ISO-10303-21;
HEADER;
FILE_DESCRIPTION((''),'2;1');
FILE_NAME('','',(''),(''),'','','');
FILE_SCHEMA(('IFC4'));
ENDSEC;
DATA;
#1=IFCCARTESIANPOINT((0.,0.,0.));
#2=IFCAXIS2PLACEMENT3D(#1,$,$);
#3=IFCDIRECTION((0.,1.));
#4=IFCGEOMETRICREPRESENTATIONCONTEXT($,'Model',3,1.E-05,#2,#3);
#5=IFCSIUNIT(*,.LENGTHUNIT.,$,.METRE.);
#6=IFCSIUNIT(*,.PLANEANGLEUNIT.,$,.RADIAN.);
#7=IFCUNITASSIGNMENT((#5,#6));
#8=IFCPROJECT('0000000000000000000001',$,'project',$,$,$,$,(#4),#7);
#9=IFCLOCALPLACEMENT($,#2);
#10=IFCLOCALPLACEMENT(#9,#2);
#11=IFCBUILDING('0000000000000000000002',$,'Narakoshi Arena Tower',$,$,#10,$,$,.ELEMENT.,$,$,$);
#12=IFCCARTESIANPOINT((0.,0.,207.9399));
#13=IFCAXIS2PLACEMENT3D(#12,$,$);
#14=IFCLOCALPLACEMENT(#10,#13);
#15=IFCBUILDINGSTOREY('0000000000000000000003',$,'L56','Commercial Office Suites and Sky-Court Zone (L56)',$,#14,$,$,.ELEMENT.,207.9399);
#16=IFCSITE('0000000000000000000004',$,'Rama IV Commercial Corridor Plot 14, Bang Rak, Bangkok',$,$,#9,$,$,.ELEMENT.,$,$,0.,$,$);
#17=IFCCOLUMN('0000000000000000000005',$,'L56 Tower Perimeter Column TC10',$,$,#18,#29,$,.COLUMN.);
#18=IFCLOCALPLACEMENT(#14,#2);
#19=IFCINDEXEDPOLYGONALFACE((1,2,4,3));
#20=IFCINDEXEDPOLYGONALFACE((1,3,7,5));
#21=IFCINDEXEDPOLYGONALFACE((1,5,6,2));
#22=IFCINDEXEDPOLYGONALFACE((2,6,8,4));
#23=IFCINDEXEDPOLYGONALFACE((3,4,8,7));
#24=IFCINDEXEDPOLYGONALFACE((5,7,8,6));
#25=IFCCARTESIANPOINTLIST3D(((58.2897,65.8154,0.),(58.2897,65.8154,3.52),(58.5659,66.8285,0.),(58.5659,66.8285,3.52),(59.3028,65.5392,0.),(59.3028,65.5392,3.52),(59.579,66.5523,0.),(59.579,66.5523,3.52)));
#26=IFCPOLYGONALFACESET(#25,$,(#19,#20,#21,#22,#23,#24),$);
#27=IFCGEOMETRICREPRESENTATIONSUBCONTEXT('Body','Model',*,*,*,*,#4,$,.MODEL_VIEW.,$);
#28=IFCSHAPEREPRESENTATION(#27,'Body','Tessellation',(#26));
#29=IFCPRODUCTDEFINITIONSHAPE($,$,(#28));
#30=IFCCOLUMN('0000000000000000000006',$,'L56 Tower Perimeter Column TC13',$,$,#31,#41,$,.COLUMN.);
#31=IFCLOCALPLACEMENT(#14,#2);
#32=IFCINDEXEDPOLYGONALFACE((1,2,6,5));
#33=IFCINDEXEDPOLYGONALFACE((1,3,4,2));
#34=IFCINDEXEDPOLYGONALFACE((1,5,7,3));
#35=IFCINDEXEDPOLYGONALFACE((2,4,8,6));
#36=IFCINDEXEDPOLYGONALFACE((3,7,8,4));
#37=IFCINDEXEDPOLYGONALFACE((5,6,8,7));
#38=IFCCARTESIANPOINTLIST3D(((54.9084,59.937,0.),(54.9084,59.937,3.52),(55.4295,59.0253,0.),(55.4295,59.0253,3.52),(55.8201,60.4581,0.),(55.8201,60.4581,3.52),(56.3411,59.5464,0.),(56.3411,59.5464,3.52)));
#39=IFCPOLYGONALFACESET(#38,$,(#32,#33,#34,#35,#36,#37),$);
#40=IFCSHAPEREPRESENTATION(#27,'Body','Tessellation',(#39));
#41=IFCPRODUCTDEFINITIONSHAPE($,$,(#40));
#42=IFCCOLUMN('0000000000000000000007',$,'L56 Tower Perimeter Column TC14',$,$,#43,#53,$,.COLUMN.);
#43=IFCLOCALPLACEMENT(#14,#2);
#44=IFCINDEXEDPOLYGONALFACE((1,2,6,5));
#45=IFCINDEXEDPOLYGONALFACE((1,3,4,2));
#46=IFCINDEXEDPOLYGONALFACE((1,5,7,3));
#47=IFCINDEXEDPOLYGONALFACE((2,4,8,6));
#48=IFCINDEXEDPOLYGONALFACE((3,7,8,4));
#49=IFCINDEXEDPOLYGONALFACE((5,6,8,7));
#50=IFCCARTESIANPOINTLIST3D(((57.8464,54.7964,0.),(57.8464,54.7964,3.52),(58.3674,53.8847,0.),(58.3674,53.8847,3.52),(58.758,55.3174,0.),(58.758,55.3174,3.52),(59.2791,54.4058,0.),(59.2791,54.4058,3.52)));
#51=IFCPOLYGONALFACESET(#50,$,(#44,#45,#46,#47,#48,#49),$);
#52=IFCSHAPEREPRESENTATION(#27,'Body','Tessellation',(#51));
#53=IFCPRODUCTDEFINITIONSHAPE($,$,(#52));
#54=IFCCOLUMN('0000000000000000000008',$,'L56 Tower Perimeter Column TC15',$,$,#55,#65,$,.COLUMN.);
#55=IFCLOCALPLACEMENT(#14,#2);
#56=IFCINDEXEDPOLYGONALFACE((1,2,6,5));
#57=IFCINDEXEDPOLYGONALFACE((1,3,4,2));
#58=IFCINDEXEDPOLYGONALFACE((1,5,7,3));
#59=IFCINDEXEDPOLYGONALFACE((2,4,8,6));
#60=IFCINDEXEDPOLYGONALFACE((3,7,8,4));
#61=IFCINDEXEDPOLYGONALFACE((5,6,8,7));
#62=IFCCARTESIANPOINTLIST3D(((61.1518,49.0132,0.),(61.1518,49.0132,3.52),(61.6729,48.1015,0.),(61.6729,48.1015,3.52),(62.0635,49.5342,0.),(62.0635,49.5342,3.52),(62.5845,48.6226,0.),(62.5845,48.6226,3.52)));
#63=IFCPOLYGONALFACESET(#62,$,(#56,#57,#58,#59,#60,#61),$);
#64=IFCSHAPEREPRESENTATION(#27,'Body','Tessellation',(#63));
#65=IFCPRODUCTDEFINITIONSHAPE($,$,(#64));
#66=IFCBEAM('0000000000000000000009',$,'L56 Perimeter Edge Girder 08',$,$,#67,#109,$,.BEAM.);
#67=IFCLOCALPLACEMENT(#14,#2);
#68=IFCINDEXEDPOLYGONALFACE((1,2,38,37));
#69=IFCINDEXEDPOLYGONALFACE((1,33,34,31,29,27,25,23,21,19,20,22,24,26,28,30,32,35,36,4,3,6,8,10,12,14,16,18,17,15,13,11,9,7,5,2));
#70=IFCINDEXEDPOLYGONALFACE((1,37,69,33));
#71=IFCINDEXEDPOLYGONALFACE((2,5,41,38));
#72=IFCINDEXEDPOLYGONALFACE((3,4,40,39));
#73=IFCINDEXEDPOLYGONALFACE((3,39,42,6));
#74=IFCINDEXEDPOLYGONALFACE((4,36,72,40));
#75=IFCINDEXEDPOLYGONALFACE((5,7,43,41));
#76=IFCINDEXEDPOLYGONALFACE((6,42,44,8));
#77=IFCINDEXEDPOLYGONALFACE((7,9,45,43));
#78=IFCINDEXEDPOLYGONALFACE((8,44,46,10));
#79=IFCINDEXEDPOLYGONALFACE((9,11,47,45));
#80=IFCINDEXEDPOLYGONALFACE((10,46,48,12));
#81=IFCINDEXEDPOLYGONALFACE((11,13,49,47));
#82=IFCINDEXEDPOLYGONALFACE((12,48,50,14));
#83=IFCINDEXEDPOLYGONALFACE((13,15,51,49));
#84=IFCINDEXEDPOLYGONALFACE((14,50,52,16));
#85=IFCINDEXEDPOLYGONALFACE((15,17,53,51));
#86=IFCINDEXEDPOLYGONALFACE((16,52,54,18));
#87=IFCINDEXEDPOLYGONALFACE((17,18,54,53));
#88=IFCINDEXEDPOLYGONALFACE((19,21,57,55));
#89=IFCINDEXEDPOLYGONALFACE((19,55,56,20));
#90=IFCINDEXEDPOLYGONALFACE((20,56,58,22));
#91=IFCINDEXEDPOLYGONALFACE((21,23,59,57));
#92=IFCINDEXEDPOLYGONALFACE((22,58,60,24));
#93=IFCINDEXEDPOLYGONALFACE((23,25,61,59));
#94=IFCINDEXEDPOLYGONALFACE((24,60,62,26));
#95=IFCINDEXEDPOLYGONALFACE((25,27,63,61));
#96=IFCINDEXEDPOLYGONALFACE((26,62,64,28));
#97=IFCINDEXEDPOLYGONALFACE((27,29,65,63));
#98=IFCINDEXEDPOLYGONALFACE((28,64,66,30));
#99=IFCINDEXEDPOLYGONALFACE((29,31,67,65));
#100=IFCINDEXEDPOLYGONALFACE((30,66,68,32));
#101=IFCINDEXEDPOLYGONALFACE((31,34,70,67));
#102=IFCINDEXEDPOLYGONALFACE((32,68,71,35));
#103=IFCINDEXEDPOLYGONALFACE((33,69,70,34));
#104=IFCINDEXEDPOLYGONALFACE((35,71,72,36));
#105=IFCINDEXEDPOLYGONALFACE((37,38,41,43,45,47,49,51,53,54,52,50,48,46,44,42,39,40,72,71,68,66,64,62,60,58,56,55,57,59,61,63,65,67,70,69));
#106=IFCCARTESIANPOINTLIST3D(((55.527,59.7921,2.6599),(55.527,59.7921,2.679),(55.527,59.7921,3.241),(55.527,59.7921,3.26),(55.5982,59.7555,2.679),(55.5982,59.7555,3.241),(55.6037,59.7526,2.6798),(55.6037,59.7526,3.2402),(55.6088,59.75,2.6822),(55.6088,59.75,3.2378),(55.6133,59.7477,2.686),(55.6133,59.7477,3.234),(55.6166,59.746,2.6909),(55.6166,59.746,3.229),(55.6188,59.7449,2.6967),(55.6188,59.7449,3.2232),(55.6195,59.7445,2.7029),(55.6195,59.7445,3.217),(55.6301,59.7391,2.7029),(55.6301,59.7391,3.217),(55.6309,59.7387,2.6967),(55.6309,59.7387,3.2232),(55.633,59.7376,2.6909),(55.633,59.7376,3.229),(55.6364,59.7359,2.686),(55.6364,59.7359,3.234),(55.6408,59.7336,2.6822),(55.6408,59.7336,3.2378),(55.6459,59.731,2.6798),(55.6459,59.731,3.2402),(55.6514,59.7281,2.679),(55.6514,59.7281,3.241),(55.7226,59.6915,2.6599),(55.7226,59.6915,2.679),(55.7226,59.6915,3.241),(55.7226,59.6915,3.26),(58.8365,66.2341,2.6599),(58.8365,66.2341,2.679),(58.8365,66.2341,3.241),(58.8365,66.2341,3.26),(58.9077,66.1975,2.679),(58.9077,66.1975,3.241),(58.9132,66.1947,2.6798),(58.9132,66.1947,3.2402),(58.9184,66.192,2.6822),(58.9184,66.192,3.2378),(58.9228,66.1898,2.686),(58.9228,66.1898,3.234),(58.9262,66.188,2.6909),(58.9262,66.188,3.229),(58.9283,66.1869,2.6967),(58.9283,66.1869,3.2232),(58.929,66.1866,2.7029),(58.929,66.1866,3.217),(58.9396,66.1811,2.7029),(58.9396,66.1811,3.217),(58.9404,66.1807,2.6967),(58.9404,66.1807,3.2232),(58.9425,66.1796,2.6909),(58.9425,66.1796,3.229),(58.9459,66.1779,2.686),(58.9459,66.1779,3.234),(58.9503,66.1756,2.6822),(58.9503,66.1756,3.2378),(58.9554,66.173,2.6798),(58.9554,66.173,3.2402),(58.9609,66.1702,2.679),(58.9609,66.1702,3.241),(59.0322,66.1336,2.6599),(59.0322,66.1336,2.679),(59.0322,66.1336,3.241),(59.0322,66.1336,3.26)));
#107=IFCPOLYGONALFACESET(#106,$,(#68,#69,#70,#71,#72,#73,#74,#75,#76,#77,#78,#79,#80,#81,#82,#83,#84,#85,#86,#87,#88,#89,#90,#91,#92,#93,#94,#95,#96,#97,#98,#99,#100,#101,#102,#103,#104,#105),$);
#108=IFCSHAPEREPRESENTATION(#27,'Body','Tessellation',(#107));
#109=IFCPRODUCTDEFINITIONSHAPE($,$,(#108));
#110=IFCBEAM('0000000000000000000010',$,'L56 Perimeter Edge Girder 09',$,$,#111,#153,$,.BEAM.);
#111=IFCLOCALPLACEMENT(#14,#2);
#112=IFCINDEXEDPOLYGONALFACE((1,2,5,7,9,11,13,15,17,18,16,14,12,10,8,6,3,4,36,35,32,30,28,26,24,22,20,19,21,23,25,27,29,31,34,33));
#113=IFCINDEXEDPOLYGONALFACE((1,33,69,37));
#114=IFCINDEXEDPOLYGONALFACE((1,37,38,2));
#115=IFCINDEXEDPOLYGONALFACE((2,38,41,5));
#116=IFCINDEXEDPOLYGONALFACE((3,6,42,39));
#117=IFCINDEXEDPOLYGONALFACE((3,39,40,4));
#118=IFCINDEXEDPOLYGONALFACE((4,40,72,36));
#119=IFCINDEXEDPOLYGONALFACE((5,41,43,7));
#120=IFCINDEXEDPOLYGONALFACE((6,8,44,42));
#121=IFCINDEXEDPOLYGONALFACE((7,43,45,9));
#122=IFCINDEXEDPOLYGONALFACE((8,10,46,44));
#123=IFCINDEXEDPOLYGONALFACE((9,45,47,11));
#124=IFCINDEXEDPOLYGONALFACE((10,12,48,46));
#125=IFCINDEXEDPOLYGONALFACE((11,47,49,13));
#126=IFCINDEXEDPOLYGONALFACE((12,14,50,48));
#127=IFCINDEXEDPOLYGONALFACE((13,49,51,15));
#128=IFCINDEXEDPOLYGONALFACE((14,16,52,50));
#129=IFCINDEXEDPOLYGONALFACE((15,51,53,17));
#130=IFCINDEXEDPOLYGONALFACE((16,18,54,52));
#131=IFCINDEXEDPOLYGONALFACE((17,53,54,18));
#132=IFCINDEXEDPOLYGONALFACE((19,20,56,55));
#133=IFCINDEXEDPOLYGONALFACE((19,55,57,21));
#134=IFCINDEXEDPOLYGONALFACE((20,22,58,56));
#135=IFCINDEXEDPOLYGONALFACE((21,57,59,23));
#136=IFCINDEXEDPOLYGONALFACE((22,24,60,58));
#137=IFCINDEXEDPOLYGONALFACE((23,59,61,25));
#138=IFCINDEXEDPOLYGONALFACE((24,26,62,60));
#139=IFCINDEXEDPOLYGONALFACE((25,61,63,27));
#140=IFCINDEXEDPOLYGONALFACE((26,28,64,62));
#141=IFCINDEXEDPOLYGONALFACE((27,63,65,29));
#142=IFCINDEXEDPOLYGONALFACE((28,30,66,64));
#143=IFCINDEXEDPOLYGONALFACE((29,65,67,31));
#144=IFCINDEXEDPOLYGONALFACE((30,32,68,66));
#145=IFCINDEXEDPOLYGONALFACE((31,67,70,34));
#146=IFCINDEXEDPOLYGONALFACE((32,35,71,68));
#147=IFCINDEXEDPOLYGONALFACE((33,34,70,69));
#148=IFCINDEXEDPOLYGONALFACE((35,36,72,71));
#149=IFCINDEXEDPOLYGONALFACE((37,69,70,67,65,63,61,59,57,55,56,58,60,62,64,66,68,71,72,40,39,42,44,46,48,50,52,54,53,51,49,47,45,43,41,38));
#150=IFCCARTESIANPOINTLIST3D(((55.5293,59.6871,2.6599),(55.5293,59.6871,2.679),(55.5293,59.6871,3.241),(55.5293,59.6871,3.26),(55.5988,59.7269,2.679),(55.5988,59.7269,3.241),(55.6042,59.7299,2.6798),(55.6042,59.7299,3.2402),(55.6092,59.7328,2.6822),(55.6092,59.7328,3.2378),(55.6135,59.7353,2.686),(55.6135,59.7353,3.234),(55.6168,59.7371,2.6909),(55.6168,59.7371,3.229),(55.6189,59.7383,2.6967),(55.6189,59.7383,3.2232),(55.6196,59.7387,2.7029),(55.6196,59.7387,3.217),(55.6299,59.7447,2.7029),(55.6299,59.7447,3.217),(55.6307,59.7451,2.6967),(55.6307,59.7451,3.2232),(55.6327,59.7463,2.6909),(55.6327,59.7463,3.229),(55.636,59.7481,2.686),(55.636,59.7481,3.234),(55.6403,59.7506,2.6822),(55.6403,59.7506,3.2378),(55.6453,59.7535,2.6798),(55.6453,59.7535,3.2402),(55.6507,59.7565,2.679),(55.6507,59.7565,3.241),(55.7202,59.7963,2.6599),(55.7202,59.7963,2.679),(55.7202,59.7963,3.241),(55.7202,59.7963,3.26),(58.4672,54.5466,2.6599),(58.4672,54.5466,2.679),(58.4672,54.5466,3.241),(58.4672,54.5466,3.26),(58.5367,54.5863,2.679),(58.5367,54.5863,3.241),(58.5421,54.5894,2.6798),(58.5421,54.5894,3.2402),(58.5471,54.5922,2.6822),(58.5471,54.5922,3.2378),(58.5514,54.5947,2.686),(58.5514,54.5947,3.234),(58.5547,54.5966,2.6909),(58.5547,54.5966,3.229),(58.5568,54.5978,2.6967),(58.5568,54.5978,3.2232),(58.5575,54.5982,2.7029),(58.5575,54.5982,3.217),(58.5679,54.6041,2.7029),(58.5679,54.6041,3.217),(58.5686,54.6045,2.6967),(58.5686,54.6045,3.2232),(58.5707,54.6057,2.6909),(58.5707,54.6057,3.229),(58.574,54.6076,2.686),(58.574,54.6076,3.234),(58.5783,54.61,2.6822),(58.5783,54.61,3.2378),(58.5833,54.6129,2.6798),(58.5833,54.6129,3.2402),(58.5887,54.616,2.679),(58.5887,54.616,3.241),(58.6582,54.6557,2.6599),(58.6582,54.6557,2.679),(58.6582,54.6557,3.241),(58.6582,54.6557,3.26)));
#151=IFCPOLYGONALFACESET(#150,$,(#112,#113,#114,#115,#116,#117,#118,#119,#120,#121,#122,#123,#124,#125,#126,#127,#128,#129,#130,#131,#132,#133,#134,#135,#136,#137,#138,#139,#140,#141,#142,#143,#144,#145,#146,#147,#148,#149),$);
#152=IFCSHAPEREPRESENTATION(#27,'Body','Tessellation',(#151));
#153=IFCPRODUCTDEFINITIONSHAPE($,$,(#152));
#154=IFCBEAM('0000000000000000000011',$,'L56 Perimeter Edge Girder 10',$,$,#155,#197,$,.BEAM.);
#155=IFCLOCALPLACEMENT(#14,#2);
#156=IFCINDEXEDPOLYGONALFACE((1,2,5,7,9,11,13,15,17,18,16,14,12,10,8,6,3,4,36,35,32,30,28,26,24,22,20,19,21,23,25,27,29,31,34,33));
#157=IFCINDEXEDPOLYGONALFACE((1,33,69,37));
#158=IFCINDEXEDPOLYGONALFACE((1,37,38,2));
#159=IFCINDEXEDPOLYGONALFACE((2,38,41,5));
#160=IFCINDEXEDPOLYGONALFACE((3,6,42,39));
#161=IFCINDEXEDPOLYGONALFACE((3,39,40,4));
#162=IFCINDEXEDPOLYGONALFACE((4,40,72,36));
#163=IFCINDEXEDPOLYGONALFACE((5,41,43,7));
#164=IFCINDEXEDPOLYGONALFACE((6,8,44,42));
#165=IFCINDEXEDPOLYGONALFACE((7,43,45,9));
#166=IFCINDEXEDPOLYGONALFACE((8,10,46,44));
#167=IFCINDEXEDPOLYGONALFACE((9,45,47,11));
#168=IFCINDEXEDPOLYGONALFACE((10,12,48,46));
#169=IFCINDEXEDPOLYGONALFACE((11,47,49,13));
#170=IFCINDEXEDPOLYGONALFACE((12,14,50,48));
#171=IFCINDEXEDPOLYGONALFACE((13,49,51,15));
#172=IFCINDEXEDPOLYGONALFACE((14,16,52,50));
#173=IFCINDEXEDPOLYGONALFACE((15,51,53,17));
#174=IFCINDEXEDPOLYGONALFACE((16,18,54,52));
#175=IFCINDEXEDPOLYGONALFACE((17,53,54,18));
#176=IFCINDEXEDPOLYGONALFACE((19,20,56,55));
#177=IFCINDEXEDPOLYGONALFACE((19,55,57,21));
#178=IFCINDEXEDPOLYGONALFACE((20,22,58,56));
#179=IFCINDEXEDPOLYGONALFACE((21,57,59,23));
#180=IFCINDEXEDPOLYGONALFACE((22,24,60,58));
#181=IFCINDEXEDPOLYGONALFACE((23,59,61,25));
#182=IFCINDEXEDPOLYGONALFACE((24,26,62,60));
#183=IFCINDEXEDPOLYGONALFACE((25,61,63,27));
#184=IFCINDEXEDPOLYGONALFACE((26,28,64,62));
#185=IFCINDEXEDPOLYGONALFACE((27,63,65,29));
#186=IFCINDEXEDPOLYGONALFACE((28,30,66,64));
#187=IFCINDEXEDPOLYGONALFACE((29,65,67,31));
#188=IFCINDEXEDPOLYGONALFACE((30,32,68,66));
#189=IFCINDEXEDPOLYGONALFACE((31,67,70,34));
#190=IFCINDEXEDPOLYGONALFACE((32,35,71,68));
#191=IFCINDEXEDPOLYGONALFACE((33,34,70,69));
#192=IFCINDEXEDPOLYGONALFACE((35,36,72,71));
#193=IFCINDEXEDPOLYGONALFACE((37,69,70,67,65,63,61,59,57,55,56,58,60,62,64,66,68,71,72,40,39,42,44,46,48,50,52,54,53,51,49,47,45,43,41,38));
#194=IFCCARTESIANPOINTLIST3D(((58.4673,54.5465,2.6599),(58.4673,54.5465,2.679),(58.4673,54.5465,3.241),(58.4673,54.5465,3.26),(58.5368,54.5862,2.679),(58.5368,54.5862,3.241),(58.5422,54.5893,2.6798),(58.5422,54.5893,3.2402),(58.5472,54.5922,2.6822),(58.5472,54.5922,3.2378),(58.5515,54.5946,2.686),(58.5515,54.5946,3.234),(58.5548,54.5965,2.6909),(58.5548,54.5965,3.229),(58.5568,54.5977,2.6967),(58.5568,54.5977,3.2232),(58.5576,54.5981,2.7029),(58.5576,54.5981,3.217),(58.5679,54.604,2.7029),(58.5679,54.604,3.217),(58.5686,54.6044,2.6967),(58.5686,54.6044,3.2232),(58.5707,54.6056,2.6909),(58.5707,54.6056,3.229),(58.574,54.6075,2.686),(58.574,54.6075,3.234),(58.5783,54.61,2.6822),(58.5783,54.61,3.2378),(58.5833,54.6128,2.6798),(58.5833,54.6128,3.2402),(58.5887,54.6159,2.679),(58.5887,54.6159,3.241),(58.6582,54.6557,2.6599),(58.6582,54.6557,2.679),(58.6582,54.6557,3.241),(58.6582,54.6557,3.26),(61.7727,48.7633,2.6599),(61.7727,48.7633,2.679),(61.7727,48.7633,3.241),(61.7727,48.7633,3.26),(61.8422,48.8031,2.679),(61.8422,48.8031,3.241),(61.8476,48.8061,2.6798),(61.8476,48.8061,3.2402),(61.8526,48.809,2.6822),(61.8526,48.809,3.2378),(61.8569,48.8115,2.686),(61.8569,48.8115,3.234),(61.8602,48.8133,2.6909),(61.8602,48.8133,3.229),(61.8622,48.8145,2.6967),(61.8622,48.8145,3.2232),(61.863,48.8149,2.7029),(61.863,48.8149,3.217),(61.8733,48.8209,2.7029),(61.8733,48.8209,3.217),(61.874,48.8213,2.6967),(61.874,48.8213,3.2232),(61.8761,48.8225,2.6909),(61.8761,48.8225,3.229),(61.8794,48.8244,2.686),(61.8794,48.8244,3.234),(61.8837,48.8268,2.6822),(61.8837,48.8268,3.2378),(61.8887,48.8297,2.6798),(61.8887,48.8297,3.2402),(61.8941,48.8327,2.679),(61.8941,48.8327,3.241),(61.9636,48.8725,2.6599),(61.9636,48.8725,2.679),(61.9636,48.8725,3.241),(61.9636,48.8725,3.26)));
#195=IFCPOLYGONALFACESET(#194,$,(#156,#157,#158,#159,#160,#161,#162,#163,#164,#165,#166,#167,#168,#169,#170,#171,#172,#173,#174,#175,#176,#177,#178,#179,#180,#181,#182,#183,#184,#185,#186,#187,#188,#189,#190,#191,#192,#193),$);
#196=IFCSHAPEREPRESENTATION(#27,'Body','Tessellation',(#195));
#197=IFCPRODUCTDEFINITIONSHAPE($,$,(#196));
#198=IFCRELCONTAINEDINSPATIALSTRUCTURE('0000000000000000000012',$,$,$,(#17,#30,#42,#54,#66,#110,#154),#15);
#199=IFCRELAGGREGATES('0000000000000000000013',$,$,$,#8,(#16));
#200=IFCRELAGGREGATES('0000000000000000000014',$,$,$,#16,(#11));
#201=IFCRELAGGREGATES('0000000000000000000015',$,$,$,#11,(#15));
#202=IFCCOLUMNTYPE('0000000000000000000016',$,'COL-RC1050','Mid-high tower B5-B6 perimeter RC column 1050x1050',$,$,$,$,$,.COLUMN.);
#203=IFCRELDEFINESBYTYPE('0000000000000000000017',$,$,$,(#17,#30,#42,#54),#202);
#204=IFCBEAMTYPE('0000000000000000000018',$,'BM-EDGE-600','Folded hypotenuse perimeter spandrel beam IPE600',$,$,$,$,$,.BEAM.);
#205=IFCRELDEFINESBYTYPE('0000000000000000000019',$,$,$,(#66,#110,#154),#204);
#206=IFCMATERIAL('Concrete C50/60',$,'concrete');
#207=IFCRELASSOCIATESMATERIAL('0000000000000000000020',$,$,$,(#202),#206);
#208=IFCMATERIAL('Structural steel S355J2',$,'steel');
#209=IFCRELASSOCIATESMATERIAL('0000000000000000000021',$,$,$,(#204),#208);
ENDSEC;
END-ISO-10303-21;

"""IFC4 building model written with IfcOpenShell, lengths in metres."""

from ifc_helpers import new_model, si_unit, direction, frame, origin, origin_2d, place, context, subcontext, project, spatial, rectangle, i_section, extrude, material, material_profile, profile_set, type_object, element, save


model = new_model("IFC4")

# Units and contexts
model_context = context("Model", 3, precision=1e-05, world=origin(), true_north=direction((0.0, 1.0)))
body_context = subcontext(model_context, "Body", "Model", "MODEL_VIEW")
ifc_project = project(units=[si_unit("LENGTHUNIT", "METRE"), si_unit("PLANEANGLEUNIT", "RADIAN")], contexts=[model_context])

# Site, building, storey
site_placement = place(None, origin())
site = spatial("IfcSite", under=ifc_project, at=site_placement, Name="Rama IV Commercial Corridor Plot 14, Bang Rak, Bangkok", CompositionType="ELEMENT", RefElevation=0.0)
building_placement = place(site_placement, origin())
building = spatial("IfcBuilding", under=site, at=building_placement, Name="Narakoshi Arena Tower", CompositionType="ELEMENT")
storey_placement = place(building_placement, frame((0.0, 0.0, 207.9399)))
storey = spatial("IfcBuildingStorey", under=building, at=storey_placement, Name="L56", Description="Commercial Office Suites and Sky-Court Zone (L56)", CompositionType="ELEMENT", Elevation=207.9399)

# Columns
ifc_material_1 = material(Name="Concrete C50/60", Category="concrete")
ifc_material_profile_1 = material_profile(ifc_material_1, rectangle(XDim=1.05, YDim=1.05, at=origin_2d()), Name="RC1050x1050")
ifc_profile_set_1 = profile_set([ifc_material_profile_1], Name="Concrete C50/60")
column_type = type_object("IfcColumnType", Name="COL-RC1050", Description="Mid-high tower B5-B6 perimeter RC column 1050x1050", PredefinedType="COLUMN", material=ifc_profile_set_1)
for number, where, z_axis, x_axis, name in (
    (1, (58.9343, 66.1838, 0.0), (0.0, 0.0, 1.0), (0.263031, 0.964787, 0.0), "L56 Tower Perimeter Column TC10"),
    (2, (55.6248, 59.7417, 0.0), (0.0, 0.0, 1.0), (-0.496217, 0.868199, 0.0), "L56 Tower Perimeter Column TC13"),
    (3, (58.5627, 54.6011, 0.0), (0.0, 0.0, 1.0), (-0.496217, 0.868199, 0.0), "L56 Tower Perimeter Column TC14"),
    (4, (61.8682, 48.8179, 0.0), (0.0, 0.0, 1.0), (-0.496217, 0.868199, 0.0), "L56 Tower Perimeter Column TC15"),
):
    element("IfcColumn", number, at=place(storey_placement, frame(where, z_axis=z_axis, x_axis=x_axis)), inside=storey, type_object=column_type, Name=name, PredefinedType="COLUMN", context=body_context, shape_type="SweptSolid", body=[
        extrude(rectangle(XDim=1.05, YDim=1.05, at=origin_2d()), origin(), (0.0, 0.0, 1.0), 3.52),
    ])

# Beams
ifc_material_2 = material(Name="Structural steel S355J2", Category="steel")
ifc_material_profile_2 = material_profile(ifc_material_2, i_section(OverallWidth=0.22, OverallDepth=0.6001, WebThickness=0.012, FlangeThickness=0.019, FilletRadius=0.0239, at=origin_2d()), Name="IPE600")
ifc_profile_set_2 = profile_set([ifc_material_profile_2], Name="Structural steel S355J2")
beam_type_1 = type_object("IfcBeamType", Name="BM-EDGE-600", Description="Folded hypotenuse perimeter spandrel beam IPE600", PredefinedType="BEAM", material=ifc_profile_set_2)
beam_1_placement = place(storey_placement, frame((58.9343, 66.1838, 2.96), z_axis=(-0.456963, -0.889486, 0.0), x_axis=(0.889486, -0.456963, 0.0)))
element("IfcBeam", 5, at=beam_1_placement, inside=storey, type_object=beam_type_1, Name="L56 Perimeter Edge Girder 08", PredefinedType="BEAM", context=body_context, shape_type="SweptSolid", body=[
    extrude(i_section(OverallWidth=0.22, OverallDepth=0.6001, WebThickness=0.012, FlangeThickness=0.019, FilletRadius=0.0239, at=origin_2d()), origin(), (0.0, 0.0, 1.0), 7.2424),
])
beam_2_placement = place(storey_placement, frame((55.6248, 59.7417, 2.96), z_axis=(0.496201, -0.868208, 0.0), x_axis=(0.868208, 0.496201, 0.0)))
element("IfcBeam", 6, at=beam_2_placement, inside=storey, type_object=beam_type_1, Name="L56 Perimeter Edge Girder 09", PredefinedType="BEAM", context=body_context, shape_type="SweptSolid", body=[
    extrude(i_section(OverallWidth=0.22, OverallDepth=0.6001, WebThickness=0.012, FlangeThickness=0.019, FilletRadius=0.0239, at=origin_2d()), origin(), (0.0, 0.0, 1.0), 5.9209),
])
for number, where, z_axis, x_axis, name in (
    (7, (58.5627, 54.6011, 2.96), (0.496222, -0.868196, 0.0), (0.868196, 0.496222, 0.0), "L56 Perimeter Edge Girder 10"),
):
    element("IfcBeam", number, at=place(storey_placement, frame(where, z_axis=z_axis, x_axis=x_axis)), inside=storey, type_object=beam_type_1, Name=name, PredefinedType="BEAM", context=body_context, shape_type="SweptSolid", body=[
        extrude(i_section(OverallWidth=0.22, OverallDepth=0.6001, WebThickness=0.012, FlangeThickness=0.019, FilletRadius=0.0239, at=origin_2d()), origin(), (0.0, 0.0, 1.0), 6.6611),
    ])

save(model, "model.ifc")
